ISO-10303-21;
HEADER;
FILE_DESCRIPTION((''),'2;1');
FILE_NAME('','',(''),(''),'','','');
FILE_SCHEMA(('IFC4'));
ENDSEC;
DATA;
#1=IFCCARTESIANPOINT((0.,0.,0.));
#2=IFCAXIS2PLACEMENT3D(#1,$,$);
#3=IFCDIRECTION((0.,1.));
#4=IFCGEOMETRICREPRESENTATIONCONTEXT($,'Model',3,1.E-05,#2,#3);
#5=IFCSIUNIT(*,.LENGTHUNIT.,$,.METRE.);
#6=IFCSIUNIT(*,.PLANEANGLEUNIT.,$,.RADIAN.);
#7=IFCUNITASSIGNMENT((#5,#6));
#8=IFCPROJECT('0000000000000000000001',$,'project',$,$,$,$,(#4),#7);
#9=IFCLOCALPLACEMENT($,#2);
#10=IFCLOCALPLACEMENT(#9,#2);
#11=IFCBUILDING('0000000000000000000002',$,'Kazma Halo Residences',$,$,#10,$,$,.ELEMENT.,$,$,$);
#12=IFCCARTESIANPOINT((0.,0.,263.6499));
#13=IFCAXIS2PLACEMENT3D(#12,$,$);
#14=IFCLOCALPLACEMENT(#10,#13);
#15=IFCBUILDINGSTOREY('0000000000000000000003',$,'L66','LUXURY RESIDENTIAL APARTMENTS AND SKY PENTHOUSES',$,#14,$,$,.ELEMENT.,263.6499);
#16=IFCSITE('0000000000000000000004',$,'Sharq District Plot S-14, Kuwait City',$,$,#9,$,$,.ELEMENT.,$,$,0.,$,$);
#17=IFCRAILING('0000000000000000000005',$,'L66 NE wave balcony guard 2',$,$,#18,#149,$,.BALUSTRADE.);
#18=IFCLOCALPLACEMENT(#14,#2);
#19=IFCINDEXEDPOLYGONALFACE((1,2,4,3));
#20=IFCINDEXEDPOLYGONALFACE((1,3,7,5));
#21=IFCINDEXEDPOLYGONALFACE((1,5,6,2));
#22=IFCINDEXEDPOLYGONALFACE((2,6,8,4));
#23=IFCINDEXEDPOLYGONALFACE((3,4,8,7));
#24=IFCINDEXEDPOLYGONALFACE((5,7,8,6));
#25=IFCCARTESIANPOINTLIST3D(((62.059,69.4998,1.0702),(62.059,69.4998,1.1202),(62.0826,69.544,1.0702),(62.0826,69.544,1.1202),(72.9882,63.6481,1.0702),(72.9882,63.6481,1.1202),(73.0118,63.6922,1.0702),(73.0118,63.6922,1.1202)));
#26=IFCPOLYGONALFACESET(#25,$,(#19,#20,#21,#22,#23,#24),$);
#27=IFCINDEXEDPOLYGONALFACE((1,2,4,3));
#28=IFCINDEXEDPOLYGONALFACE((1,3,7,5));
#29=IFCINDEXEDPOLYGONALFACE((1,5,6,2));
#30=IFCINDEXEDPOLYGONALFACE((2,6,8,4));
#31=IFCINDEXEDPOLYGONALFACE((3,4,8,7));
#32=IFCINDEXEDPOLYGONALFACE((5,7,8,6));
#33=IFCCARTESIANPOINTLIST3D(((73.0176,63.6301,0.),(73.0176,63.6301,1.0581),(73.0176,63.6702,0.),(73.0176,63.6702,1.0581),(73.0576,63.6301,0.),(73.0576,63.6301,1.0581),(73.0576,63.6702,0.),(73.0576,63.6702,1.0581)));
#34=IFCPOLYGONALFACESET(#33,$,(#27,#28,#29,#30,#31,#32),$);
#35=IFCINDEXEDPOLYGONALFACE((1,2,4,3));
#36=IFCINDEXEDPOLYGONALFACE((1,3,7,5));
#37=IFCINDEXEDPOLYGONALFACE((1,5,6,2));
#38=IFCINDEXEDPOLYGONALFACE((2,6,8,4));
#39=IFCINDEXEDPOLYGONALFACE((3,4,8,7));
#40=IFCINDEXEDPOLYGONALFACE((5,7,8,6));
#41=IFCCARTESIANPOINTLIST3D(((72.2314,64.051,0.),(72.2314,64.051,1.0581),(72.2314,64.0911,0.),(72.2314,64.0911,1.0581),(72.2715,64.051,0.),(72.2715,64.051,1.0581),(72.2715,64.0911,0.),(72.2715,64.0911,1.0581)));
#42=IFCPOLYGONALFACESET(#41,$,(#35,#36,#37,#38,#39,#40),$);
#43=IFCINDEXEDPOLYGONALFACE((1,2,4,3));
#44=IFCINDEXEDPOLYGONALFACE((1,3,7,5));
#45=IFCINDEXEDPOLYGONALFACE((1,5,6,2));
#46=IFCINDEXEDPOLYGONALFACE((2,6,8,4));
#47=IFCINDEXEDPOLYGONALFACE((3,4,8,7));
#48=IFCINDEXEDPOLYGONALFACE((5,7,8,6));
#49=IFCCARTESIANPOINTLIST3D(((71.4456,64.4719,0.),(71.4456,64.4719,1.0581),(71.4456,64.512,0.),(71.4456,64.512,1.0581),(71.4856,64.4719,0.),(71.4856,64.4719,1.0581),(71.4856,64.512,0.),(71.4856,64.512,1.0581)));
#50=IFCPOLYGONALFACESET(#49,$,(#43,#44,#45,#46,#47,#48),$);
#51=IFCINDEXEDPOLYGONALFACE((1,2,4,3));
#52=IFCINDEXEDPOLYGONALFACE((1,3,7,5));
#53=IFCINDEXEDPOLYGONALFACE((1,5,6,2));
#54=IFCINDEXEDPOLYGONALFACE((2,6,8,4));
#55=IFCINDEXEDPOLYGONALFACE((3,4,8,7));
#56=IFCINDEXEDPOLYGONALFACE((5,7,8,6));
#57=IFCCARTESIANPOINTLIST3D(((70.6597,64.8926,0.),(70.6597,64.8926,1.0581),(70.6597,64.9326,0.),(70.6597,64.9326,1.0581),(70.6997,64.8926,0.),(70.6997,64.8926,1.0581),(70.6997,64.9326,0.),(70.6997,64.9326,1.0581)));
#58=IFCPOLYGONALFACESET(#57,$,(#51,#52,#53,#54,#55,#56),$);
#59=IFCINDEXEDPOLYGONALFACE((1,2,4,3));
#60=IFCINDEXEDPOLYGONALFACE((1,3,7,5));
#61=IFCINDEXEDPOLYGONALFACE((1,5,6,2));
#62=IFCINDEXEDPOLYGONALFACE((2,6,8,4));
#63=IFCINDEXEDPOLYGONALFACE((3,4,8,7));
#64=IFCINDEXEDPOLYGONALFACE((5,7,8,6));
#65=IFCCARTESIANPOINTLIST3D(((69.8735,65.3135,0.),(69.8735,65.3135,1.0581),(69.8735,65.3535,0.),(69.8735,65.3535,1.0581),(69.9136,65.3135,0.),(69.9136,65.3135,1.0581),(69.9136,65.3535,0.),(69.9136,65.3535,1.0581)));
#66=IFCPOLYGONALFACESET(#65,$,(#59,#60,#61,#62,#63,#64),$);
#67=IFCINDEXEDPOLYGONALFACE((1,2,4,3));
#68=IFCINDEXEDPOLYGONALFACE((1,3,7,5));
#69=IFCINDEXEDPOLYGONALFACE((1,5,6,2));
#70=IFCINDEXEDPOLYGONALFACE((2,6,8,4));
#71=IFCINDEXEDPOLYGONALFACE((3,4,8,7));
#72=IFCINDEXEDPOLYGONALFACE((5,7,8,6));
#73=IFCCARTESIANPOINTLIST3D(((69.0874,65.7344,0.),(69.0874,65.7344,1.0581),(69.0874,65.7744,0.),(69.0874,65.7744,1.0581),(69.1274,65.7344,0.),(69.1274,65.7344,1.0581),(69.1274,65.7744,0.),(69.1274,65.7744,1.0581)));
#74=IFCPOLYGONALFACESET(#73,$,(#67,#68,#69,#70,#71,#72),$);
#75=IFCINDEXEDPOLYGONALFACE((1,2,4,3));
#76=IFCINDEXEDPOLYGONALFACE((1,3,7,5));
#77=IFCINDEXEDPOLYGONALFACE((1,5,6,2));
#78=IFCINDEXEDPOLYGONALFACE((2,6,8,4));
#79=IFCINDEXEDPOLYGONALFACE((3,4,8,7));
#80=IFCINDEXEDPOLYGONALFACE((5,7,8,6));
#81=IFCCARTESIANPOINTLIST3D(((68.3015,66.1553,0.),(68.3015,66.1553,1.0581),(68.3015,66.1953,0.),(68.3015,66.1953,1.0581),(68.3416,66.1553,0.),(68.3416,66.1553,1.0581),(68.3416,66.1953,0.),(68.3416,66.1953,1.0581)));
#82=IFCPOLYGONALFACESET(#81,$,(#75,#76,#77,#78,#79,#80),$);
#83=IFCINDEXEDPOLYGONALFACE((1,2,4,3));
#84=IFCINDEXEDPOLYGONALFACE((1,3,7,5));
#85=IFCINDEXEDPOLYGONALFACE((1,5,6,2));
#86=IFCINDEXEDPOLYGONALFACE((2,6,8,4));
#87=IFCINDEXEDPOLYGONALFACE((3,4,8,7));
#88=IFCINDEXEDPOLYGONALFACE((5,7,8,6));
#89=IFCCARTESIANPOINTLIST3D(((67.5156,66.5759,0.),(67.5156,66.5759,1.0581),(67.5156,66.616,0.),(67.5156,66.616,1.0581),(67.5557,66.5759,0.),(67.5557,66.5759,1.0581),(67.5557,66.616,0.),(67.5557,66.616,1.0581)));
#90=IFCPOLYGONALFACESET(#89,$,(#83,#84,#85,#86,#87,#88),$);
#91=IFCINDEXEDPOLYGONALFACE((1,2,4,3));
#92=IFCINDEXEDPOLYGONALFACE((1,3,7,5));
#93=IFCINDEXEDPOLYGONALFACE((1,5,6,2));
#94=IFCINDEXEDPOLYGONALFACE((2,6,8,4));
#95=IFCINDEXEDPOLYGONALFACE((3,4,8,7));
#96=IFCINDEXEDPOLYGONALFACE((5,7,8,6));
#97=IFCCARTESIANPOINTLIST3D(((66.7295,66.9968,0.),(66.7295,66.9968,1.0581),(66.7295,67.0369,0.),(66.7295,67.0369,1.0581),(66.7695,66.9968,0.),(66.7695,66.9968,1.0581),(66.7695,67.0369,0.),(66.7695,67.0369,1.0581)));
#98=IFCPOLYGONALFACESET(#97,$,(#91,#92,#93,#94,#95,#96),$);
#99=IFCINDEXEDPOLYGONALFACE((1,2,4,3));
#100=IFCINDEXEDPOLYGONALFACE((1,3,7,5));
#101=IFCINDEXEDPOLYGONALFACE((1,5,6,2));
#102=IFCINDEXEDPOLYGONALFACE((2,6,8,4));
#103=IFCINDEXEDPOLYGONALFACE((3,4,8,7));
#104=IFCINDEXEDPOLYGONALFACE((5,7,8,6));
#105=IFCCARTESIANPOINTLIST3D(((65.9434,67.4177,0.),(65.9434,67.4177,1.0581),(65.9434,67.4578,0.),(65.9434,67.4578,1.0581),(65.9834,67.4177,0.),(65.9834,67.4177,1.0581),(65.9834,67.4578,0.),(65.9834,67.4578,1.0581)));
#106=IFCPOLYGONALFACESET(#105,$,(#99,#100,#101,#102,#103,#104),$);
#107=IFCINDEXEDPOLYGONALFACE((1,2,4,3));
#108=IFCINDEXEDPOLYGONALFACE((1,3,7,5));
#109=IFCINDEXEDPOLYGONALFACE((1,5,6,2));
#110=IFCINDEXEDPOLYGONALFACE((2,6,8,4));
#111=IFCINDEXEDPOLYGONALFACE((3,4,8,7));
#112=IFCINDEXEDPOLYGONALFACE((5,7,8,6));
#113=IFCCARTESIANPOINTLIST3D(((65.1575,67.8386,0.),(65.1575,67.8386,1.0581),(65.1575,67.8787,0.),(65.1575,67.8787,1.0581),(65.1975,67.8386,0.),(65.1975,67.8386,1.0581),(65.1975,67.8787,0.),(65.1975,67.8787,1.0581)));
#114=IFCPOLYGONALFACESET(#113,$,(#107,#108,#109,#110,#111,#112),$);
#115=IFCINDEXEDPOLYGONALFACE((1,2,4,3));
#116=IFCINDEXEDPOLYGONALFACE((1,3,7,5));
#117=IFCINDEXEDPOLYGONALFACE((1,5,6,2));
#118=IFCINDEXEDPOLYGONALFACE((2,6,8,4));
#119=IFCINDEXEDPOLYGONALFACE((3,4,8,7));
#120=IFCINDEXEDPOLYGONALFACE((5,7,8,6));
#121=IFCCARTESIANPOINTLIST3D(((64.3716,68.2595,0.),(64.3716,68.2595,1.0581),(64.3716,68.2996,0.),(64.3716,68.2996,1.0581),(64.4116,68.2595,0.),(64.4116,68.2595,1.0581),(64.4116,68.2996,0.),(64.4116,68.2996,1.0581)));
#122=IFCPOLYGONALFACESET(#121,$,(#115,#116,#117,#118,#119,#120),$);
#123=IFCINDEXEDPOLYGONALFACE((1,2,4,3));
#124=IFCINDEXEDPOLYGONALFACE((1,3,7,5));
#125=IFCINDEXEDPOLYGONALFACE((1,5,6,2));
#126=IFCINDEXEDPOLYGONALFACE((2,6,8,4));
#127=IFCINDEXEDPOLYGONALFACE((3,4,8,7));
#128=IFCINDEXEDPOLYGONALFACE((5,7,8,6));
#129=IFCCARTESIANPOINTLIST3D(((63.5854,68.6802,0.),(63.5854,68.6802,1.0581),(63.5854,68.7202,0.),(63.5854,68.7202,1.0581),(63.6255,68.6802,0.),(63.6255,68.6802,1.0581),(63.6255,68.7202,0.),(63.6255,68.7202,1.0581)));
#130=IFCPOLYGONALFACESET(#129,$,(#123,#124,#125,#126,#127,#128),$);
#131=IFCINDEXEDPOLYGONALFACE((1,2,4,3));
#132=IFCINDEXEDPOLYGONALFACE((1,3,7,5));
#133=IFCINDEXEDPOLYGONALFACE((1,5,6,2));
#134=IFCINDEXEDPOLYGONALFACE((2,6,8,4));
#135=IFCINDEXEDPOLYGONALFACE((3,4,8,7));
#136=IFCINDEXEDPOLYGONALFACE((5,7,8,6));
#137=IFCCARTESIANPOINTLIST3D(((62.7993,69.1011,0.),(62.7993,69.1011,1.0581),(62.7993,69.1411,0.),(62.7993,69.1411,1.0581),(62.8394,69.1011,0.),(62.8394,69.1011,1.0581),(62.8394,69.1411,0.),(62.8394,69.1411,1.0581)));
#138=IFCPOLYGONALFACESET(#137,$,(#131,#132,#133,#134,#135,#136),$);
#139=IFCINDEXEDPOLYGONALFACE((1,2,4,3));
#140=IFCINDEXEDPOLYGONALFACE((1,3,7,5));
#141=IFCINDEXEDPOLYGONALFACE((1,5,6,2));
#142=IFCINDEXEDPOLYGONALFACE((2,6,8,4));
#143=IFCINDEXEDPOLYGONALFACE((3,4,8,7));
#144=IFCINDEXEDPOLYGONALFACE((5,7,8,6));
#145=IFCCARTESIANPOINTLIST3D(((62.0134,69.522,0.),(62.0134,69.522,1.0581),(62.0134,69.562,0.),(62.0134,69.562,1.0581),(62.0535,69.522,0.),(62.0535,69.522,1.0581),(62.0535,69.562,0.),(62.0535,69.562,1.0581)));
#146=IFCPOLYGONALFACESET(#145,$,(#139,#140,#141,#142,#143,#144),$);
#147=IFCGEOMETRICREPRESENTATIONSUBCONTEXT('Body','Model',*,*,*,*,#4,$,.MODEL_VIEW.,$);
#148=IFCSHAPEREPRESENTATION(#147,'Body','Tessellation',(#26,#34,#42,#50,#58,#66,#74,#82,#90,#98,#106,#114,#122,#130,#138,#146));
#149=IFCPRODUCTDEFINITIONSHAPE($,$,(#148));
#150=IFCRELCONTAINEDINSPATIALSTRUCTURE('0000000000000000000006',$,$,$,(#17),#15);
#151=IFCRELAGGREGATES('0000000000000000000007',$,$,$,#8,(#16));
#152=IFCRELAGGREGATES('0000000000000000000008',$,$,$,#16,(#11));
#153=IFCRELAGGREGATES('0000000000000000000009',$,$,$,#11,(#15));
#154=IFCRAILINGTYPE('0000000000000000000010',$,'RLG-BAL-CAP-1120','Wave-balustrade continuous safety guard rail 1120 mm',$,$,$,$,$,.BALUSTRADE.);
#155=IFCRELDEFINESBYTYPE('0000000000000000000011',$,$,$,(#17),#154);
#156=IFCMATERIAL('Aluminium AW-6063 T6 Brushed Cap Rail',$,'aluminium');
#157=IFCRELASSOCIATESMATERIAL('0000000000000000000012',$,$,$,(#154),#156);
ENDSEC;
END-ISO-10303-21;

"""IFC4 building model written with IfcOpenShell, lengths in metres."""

from ifc_helpers import new_model, si_unit, direction, frame, origin, origin_2d, place, context, subcontext, project, spatial, rectangle, extrude, material, type_object, element, save


model = new_model("IFC4")

# Units and contexts
model_context = context("Model", 3, precision=1e-05, world=origin(), true_north=direction((0.0, 1.0)))
body_context = subcontext(model_context, "Body", "Model", "MODEL_VIEW")
ifc_project = project(units=[si_unit("LENGTHUNIT", "METRE"), si_unit("PLANEANGLEUNIT", "RADIAN")], contexts=[model_context])

# Site, building, storey
site_placement = place(None, origin())
site = spatial("IfcSite", under=ifc_project, at=site_placement, Name="Sharq District Plot S-14, Kuwait City", CompositionType="ELEMENT", RefElevation=0.0)
building_placement = place(site_placement, origin())
building = spatial("IfcBuilding", under=site, at=building_placement, Name="Kazma Halo Residences", CompositionType="ELEMENT")
storey_placement = place(building_placement, frame((0.0, 0.0, 263.6499)))
storey = spatial("IfcBuildingStorey", under=building, at=storey_placement, Name="L66", Description="LUXURY RESIDENTIAL APARTMENTS AND SKY PENTHOUSES", CompositionType="ELEMENT", Elevation=263.6499)

# Railing
ifc_material_1 = material(Name="Aluminium AW-6063 T6 Brushed Cap Rail", Category="aluminium")
railing_type = type_object("IfcRailingType", Name="RLG-BAL-CAP-1120", Description="Wave-balustrade continuous safety guard rail 1120 mm", PredefinedType="BALUSTRADE", material=ifc_material_1)
railing_1_placement = place(storey_placement, frame((73.0376, 63.6501, 0.0)))
element("IfcRailing", 1, at=railing_1_placement, inside=storey, type_object=railing_type, Name="L66 NE wave balcony guard 2", PredefinedType="BALUSTRADE", context=body_context, shape_type="SweptSolid", body=[
    extrude(rectangle(XDim=0.05, YDim=0.05, at=origin_2d()), frame((-0.0376, 0.02, 1.0952), z_axis=(-0.881588, 0.47202, 0.0), x_axis=(-0.47202, -0.881588, 0.0)), (0.0, 0.0, 1.0), 12.3972),
    extrude(rectangle(XDim=0.04, YDim=0.04, at=origin_2d()), origin(), (0.0, 0.0, 1.0), 1.0581),
    extrude(rectangle(XDim=0.04, YDim=0.04, at=origin_2d()), frame((-0.7861, 0.4209, 0.0)), (0.0, 0.0, 1.0), 1.0581),
    extrude(rectangle(XDim=0.04, YDim=0.04, at=origin_2d()), frame((-1.572, 0.8418, 0.0)), (0.0, 0.0, 1.0), 1.0581),
    extrude(rectangle(XDim=0.04, YDim=0.04, at=origin_2d()), frame((-2.3579, 1.2625, 0.0)), (0.0, 0.0, 1.0), 1.0581),
    extrude(rectangle(XDim=0.04, YDim=0.04, at=origin_2d()), frame((-3.144, 1.6833, 0.0)), (0.0, 0.0, 1.0), 1.0581),
    extrude(rectangle(XDim=0.04, YDim=0.04, at=origin_2d()), frame((-3.9302, 2.1042, 0.0)), (0.0, 0.0, 1.0), 1.0581),
    extrude(rectangle(XDim=0.04, YDim=0.04, at=origin_2d()), frame((-4.7161, 2.5251, 0.0)), (0.0, 0.0, 1.0), 1.0581),
    extrude(rectangle(XDim=0.04, YDim=0.04, at=origin_2d()), frame((-5.502, 2.9458, 0.0)), (0.0, 0.0, 1.0), 1.0581),
    extrude(rectangle(XDim=0.04, YDim=0.04, at=origin_2d()), frame((-6.2881, 3.3667, 0.0)), (0.0, 0.0, 1.0), 1.0581),
    extrude(rectangle(XDim=0.04, YDim=0.04, at=origin_2d()), frame((-7.0742, 3.7876, 0.0)), (0.0, 0.0, 1.0), 1.0581),
    extrude(rectangle(XDim=0.04, YDim=0.04, at=origin_2d()), frame((-7.8601, 4.2085, 0.0)), (0.0, 0.0, 1.0), 1.0581),
    extrude(rectangle(XDim=0.04, YDim=0.04, at=origin_2d()), frame((-8.646, 4.6294, 0.0)), (0.0, 0.0, 1.0), 1.0581),
    extrude(rectangle(XDim=0.04, YDim=0.04, at=origin_2d()), frame((-9.4321, 5.05, 0.0)), (0.0, 0.0, 1.0), 1.0581),
    extrude(rectangle(XDim=0.04, YDim=0.04, at=origin_2d()), frame((-10.2183, 5.4709, 0.0)), (0.0, 0.0, 1.0), 1.0581),
    extrude(rectangle(XDim=0.04, YDim=0.04, at=origin_2d()), frame((-11.0042, 5.8918, 0.0)), (0.0, 0.0, 1.0), 1.0581),
])

save(model, "model.ifc")
